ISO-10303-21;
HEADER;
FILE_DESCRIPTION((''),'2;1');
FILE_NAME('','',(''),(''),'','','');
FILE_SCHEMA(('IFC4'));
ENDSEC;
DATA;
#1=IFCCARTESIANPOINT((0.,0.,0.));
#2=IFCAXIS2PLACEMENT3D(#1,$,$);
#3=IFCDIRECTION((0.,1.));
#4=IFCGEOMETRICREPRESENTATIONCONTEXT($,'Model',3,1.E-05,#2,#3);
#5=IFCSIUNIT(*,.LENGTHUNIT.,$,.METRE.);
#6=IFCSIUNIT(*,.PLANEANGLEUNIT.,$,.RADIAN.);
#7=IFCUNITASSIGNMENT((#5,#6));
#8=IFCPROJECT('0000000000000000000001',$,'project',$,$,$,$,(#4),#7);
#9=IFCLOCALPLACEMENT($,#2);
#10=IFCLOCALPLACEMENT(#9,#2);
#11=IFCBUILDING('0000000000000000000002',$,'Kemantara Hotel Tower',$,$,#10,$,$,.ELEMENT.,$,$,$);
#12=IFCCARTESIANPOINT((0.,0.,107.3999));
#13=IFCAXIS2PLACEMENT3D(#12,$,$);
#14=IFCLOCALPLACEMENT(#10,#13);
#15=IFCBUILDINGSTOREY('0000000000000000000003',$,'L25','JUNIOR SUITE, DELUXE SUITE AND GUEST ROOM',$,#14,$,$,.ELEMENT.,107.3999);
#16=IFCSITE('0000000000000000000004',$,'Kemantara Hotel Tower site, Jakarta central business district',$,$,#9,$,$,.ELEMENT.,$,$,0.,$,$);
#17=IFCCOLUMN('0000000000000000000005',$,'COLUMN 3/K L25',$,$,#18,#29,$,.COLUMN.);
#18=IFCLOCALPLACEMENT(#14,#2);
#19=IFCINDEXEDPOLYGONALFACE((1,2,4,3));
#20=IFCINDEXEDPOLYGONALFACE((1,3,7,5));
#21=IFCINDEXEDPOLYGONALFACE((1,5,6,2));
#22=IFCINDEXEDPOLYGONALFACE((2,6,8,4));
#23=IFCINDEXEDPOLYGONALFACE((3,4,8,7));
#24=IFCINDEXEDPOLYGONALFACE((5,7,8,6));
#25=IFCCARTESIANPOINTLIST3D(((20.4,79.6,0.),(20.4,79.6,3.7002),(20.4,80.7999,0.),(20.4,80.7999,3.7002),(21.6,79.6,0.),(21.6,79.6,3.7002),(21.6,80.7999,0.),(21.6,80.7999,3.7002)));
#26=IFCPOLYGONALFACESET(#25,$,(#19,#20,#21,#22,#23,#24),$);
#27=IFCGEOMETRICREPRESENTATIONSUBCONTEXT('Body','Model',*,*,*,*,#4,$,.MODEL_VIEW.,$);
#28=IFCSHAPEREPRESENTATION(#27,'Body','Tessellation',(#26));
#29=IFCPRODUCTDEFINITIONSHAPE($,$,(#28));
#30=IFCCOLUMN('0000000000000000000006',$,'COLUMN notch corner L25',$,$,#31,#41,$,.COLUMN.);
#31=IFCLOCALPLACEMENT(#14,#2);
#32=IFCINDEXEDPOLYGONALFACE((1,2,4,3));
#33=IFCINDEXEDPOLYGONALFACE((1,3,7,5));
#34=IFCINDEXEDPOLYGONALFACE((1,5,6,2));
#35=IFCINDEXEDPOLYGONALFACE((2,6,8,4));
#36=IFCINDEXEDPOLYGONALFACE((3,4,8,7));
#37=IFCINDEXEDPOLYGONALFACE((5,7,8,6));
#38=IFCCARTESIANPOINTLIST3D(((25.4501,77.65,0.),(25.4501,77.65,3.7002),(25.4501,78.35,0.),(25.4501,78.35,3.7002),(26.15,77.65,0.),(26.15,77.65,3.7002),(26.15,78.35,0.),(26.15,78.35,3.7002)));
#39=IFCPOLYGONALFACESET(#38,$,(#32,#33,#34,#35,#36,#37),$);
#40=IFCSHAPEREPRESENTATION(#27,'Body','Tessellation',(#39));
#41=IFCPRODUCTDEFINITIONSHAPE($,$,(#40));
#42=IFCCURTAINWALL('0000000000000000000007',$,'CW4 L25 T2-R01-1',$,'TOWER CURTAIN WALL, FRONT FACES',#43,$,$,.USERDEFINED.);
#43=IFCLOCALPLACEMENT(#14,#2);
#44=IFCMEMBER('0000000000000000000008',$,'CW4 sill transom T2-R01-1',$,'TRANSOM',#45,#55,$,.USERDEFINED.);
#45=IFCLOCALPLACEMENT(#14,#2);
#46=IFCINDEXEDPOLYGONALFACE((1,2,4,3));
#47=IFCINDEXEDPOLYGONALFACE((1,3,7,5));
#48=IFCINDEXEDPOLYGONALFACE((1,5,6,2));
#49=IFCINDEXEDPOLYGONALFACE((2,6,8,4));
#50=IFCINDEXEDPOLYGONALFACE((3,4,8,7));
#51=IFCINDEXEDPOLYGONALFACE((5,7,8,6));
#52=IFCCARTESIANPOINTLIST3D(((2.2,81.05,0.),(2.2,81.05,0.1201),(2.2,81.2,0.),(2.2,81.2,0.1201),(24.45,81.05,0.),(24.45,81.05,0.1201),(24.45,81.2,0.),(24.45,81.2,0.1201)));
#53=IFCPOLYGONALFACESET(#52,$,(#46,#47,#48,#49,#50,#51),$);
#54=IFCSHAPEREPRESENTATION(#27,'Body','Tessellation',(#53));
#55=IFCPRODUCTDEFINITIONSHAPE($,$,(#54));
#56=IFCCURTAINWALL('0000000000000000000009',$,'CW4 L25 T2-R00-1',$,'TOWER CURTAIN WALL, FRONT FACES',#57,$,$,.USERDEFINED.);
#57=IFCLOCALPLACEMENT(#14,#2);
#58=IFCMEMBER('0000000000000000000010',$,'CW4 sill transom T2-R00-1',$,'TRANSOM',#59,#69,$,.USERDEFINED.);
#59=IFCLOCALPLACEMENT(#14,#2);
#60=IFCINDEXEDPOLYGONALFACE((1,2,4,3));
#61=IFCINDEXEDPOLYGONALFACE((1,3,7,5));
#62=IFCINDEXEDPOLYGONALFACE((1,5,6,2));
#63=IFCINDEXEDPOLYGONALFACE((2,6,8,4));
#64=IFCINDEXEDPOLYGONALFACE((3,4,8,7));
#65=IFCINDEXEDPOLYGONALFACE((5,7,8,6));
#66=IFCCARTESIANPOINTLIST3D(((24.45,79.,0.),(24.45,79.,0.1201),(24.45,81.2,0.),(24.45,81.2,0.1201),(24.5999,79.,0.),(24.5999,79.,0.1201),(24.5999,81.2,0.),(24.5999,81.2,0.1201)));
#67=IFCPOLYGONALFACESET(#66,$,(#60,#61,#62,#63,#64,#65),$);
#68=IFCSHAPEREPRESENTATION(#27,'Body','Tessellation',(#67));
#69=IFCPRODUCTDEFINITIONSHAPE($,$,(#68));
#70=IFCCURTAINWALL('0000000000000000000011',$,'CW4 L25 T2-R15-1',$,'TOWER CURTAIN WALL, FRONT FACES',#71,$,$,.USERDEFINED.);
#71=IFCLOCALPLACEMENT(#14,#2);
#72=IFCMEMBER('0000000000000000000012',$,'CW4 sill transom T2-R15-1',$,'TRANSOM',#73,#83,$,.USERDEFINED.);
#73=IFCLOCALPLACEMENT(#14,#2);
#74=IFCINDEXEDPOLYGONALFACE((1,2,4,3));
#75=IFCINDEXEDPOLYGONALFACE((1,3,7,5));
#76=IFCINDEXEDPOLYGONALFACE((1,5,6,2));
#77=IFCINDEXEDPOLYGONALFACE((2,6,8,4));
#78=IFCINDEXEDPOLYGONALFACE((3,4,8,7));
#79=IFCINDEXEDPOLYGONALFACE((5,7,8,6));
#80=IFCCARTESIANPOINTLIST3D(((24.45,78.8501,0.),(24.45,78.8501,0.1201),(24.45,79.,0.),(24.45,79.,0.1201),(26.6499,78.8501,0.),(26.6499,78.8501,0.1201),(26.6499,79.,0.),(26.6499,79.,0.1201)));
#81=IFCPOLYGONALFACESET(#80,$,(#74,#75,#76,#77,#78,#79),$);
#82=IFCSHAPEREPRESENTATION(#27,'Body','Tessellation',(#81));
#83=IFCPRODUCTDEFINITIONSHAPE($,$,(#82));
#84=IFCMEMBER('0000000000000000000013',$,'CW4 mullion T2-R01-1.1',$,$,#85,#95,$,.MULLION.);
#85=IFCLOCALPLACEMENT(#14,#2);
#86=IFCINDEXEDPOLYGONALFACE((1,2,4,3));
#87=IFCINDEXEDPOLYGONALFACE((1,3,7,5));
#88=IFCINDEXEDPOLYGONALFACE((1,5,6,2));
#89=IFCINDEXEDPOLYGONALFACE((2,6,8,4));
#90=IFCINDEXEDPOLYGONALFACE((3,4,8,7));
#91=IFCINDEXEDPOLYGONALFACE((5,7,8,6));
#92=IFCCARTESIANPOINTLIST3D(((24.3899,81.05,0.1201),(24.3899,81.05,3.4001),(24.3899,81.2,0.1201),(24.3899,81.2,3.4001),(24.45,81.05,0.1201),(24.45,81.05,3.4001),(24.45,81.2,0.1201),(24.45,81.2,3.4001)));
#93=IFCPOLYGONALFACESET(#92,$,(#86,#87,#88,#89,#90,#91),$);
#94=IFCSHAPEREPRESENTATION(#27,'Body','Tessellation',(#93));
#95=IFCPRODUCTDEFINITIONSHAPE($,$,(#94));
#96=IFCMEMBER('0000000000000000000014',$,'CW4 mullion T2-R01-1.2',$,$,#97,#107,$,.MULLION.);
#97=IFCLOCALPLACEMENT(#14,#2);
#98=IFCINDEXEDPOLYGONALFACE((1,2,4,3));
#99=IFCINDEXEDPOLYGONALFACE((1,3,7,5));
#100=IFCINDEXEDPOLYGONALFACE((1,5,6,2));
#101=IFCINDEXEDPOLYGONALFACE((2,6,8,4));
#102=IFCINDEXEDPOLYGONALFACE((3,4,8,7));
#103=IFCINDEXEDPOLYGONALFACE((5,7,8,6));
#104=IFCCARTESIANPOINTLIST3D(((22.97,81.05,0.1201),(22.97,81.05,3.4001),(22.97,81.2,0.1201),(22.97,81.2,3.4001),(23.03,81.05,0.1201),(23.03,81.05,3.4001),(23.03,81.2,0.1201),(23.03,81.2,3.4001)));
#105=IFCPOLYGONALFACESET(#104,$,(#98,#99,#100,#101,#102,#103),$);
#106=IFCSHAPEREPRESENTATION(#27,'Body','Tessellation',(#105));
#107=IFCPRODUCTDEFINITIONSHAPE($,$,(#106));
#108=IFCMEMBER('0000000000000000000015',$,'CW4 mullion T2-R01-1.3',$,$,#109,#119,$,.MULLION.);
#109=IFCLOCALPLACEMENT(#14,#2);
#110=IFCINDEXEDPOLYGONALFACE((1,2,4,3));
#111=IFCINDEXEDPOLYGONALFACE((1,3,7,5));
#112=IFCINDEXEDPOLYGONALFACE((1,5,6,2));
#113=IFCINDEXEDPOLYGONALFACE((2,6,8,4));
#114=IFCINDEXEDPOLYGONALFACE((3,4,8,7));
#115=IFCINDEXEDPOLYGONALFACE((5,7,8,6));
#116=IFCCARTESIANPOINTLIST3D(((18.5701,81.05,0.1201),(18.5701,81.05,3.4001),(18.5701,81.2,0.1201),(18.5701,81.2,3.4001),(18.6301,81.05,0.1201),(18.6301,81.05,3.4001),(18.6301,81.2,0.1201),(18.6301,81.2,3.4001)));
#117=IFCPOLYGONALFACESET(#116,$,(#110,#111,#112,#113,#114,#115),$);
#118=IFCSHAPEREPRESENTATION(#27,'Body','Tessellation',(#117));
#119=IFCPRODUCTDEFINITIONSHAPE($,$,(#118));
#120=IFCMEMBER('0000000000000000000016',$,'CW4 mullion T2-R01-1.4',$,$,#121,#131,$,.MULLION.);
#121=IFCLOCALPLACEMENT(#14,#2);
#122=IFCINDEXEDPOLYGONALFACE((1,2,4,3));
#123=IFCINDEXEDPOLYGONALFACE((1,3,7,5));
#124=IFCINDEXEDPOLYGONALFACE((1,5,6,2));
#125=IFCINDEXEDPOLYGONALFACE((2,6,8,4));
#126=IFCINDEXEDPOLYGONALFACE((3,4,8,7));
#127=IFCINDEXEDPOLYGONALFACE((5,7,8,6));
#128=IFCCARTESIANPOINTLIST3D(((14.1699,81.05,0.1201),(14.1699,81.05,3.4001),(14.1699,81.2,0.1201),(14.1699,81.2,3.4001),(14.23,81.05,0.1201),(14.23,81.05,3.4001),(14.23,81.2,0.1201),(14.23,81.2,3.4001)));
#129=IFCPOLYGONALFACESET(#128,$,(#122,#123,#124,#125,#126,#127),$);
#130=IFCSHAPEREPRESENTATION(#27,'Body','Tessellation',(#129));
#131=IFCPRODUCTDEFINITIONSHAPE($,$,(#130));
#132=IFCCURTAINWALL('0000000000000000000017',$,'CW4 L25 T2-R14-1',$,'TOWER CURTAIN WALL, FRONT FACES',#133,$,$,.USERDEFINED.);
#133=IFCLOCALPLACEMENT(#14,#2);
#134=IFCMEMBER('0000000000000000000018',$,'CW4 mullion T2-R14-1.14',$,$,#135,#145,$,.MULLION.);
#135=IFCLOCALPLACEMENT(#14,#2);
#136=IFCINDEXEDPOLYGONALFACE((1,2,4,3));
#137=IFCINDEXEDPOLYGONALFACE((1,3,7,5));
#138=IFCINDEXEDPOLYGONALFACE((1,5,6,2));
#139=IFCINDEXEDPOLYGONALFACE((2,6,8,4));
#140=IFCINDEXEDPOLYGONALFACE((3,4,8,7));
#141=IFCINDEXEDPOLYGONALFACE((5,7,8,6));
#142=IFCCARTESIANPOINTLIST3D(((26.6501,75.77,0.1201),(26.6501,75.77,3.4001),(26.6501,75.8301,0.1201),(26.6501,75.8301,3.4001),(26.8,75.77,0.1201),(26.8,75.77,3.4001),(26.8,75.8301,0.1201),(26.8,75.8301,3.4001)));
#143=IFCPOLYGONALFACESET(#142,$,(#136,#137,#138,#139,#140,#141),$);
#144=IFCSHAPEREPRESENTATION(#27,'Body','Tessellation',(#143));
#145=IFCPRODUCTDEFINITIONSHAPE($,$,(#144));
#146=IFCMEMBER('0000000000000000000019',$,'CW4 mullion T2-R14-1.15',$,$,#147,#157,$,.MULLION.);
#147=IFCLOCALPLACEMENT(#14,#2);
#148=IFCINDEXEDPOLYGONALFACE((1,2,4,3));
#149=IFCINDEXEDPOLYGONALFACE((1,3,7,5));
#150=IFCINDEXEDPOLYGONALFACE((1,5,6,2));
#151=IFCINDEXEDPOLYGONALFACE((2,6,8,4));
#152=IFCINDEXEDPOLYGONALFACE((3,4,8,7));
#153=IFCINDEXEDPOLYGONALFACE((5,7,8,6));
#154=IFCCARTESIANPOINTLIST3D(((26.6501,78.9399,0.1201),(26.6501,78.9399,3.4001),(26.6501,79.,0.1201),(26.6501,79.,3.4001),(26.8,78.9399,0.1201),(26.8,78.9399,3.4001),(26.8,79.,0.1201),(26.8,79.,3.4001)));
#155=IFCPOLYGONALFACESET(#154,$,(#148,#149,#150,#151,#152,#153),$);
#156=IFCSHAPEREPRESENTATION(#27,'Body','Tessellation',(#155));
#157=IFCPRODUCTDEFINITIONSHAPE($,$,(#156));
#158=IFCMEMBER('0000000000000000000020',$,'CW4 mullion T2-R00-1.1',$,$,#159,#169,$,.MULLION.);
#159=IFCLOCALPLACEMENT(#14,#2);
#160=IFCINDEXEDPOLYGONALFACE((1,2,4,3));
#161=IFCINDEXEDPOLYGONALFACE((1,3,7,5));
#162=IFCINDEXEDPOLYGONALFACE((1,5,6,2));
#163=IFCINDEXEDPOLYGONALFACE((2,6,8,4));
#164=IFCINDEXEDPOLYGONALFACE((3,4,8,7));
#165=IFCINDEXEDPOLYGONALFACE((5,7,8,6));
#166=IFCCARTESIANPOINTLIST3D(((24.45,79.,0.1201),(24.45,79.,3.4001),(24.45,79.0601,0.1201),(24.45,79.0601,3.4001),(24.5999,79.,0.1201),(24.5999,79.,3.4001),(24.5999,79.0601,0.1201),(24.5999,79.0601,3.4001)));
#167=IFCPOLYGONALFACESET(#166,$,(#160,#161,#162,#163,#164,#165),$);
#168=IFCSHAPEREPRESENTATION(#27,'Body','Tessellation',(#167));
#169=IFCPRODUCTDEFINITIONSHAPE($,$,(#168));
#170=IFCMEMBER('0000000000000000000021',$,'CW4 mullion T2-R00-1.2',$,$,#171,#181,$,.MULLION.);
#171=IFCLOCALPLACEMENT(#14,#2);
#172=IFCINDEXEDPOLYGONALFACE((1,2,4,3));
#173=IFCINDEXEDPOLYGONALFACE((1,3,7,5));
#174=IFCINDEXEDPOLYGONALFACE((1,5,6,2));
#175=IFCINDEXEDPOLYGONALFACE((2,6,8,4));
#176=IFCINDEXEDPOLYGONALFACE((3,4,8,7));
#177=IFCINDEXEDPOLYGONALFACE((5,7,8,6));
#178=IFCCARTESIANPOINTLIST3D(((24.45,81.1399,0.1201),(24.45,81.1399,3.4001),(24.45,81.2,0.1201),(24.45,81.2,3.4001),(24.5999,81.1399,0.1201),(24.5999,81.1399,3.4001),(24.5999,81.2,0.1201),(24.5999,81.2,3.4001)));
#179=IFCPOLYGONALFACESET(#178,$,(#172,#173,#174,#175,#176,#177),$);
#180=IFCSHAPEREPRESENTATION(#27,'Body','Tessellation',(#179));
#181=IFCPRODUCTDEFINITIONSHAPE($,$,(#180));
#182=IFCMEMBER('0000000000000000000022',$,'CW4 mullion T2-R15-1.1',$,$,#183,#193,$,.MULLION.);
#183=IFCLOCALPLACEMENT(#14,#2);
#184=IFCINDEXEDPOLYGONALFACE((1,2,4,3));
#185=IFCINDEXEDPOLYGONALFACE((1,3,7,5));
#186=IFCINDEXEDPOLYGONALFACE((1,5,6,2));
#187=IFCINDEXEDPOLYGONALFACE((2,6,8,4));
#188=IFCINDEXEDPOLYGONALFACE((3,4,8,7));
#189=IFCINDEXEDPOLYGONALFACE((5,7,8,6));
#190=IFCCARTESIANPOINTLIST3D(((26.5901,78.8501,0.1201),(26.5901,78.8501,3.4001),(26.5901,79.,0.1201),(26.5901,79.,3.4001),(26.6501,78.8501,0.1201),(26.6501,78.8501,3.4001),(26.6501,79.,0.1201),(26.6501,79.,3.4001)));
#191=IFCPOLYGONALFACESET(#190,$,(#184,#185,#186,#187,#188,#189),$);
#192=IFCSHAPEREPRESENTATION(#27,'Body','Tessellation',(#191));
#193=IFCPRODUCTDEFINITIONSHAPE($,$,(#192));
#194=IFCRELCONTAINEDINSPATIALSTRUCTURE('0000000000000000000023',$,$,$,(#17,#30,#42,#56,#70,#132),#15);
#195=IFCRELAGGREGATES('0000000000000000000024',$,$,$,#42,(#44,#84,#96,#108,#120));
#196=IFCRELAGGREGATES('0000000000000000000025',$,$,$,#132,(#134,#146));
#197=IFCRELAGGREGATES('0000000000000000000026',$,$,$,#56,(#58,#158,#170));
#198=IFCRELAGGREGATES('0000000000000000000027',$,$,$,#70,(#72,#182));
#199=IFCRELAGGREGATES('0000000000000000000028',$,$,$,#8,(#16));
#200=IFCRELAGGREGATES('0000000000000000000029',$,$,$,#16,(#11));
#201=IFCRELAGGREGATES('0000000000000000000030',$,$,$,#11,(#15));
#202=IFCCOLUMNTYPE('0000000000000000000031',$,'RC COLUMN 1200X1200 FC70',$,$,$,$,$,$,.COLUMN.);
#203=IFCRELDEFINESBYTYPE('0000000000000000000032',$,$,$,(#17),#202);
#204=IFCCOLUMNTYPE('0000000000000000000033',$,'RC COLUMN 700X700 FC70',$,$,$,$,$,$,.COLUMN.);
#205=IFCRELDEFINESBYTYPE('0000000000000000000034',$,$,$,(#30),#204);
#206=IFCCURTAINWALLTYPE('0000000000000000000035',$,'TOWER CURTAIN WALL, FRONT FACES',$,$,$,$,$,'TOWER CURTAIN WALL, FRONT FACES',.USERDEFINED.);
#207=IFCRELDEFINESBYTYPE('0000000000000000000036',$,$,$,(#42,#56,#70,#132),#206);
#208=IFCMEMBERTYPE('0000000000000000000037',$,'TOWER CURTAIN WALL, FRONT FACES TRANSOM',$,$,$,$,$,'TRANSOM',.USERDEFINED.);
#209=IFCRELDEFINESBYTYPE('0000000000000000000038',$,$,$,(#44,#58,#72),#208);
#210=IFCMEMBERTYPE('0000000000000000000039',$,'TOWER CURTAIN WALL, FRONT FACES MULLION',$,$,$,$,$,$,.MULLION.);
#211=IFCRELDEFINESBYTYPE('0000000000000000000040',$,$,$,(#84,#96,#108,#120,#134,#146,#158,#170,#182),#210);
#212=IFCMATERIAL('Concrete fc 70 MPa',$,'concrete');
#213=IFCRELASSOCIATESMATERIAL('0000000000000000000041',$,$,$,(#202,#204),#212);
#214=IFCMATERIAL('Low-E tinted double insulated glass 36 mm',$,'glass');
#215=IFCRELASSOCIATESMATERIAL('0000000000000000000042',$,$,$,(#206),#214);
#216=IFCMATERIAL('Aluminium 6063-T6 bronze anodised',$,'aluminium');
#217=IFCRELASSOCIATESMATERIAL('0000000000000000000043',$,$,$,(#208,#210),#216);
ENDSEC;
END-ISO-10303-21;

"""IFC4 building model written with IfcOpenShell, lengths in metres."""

from ifc_helpers import new_model, si_unit, direction, frame, origin, origin_2d, place, context, subcontext, project, spatial, rectangle, extrude, source, transform, mapped, material, material_profile, profile_set, type_object, element, aggregate, save


model = new_model("IFC4")

# Units and contexts
model_context = context("Model", 3, precision=1e-05, world=origin(), true_north=direction((0.0, 1.0)))
body_context = subcontext(model_context, "Body", "Model", "MODEL_VIEW")
ifc_project = project(units=[si_unit("LENGTHUNIT", "METRE"), si_unit("PLANEANGLEUNIT", "RADIAN")], contexts=[model_context])

# Site, building, storey
site_placement = place(None, origin())
site = spatial("IfcSite", under=ifc_project, at=site_placement, Name="Kemantara Hotel Tower site, Jakarta central business district", CompositionType="ELEMENT", RefElevation=0.0)
building_placement = place(site_placement, origin())
building = spatial("IfcBuilding", under=site, at=building_placement, Name="Kemantara Hotel Tower", CompositionType="ELEMENT")
storey_placement = place(building_placement, frame((0.0, 0.0, 107.3999)))
storey = spatial("IfcBuildingStorey", under=building, at=storey_placement, Name="L25", Description="JUNIOR SUITE, DELUXE SUITE AND GUEST ROOM", CompositionType="ELEMENT", Elevation=107.3999)

# Columns
ifc_material_1 = material(Name="Concrete fc 70 MPa", Category="concrete")
ifc_material_profile_1 = material_profile(ifc_material_1, rectangle(XDim=1.2, YDim=1.2, at=origin_2d()), Name="RC 1200X1200")
ifc_profile_set_1 = profile_set([ifc_material_profile_1], Name="Concrete fc 70 MPa")
column_type_1 = type_object("IfcColumnType", Name="RC COLUMN 1200X1200 FC70", PredefinedType="COLUMN", material=ifc_profile_set_1)
column_1_placement = place(storey_placement, frame((21.0, 80.2, 0.0), z_axis=(0.0, 0.0, 1.0), x_axis=(1.0, 0.0, 0.0)))
element("IfcColumn", 1, at=column_1_placement, inside=storey, type_object=column_type_1, Name="COLUMN 3/K L25", PredefinedType="COLUMN", context=body_context, shape_type="SweptSolid", body=[
    extrude(rectangle(XDim=1.2, YDim=1.2, at=origin_2d()), origin(), (0.0, 0.0, 1.0), 3.7002),
])
ifc_material_profile_2 = material_profile(ifc_material_1, rectangle(XDim=0.7, YDim=0.7, at=origin_2d()), Name="RC 700X700")
ifc_profile_set_2 = profile_set([ifc_material_profile_2], Name="Concrete fc 70 MPa")
column_type_2 = type_object("IfcColumnType", Name="RC COLUMN 700X700 FC70", PredefinedType="COLUMN", material=ifc_profile_set_2)
column_2_placement = place(storey_placement, frame((25.8, 78.0, 0.0), z_axis=(0.0, 0.0, 1.0), x_axis=(1.0, 0.0, 0.0)))
element("IfcColumn", 2, at=column_2_placement, inside=storey, type_object=column_type_2, Name="COLUMN notch corner L25", PredefinedType="COLUMN", context=body_context, shape_type="SweptSolid", body=[
    extrude(rectangle(XDim=0.7, YDim=0.7, at=origin_2d()), origin(), (0.0, 0.0, 1.0), 3.7002),
])

# Curtain walls, members
ifc_material_2 = material(Name="Low-E tinted double insulated glass 36 mm", Category="glass")
curtain_wall_type = type_object("IfcCurtainWallType", Name="TOWER CURTAIN WALL, FRONT FACES", ElementType="TOWER CURTAIN WALL, FRONT FACES", PredefinedType="USERDEFINED", material=ifc_material_2)
curtain_wall_1_placement = place(storey_placement, origin())
curtain_wall_1 = element("IfcCurtainWall", 3, at=curtain_wall_1_placement, inside=storey, type_object=curtain_wall_type, Name="CW4 L25 T2-R01-1", ObjectType="TOWER CURTAIN WALL, FRONT FACES", PredefinedType="USERDEFINED")
ifc_material_3 = material(Name="Aluminium 6063-T6 bronze anodised", Category="aluminium")
ifc_material_profile_3 = material_profile(ifc_material_3, rectangle(XDim=0.1499, YDim=0.1201, at=origin_2d()), Name="TOWER CURTAIN WALL, FRONT FACES TRANSOM")
ifc_profile_set_3 = profile_set([ifc_material_profile_3], Name="Aluminium 6063-T6 bronze anodised")
member_type_1 = type_object("IfcMemberType", Name="TOWER CURTAIN WALL, FRONT FACES TRANSOM", ElementType="TRANSOM", PredefinedType="USERDEFINED", material=ifc_profile_set_3)
member_1_placement = place(storey_placement, frame((24.45, 81.125, 0.0601), z_axis=(-1.0, 0.0, 0.0), x_axis=(0.0, -1.0, 0.0)))
member_1 = element("IfcMember", 4, at=member_1_placement, type_object=member_type_1, Name="CW4 sill transom T2-R01-1", ObjectType="TRANSOM", PredefinedType="USERDEFINED", context=body_context, shape_type="SweptSolid", body=[
    extrude(rectangle(XDim=0.1499, YDim=0.1201, at=origin_2d()), origin(), (0.0, 0.0, 1.0), 22.25),
])
curtain_wall_2_placement = place(storey_placement, origin())
curtain_wall_2 = element("IfcCurtainWall", 5, at=curtain_wall_2_placement, inside=storey, type_object=curtain_wall_type, Name="CW4 L25 T2-R00-1", ObjectType="TOWER CURTAIN WALL, FRONT FACES", PredefinedType="USERDEFINED")
member_2_placement = place(storey_placement, frame((24.5249, 79.0, 0.0601), z_axis=(0.0, 1.0, 0.0), x_axis=(-1.0, 0.0, 0.0)))
member_2 = element("IfcMember", 6, at=member_2_placement, type_object=member_type_1, Name="CW4 sill transom T2-R00-1", ObjectType="TRANSOM", PredefinedType="USERDEFINED", context=body_context, shape_type="SweptSolid", body=[
    extrude(rectangle(XDim=0.1499, YDim=0.1201, at=origin_2d()), origin(), (0.0, 0.0, 1.0), 2.2),
])
curtain_wall_3_placement = place(storey_placement, origin())
curtain_wall_3 = element("IfcCurtainWall", 7, at=curtain_wall_3_placement, inside=storey, type_object=curtain_wall_type, Name="CW4 L25 T2-R15-1", ObjectType="TOWER CURTAIN WALL, FRONT FACES", PredefinedType="USERDEFINED")
member_3_placement = place(storey_placement, frame((26.6499, 78.925, 0.0601), z_axis=(-1.0, 0.0, 0.0), x_axis=(0.0, -1.0, 0.0)))
member_3 = element("IfcMember", 8, at=member_3_placement, type_object=member_type_1, Name="CW4 sill transom T2-R15-1", ObjectType="TRANSOM", PredefinedType="USERDEFINED", context=body_context, shape_type="SweptSolid", body=[
    extrude(rectangle(XDim=0.1499, YDim=0.1201, at=origin_2d()), origin(), (0.0, 0.0, 1.0), 2.2),
])

# Members
ifc_material_profile_4 = material_profile(ifc_material_3, rectangle(XDim=0.1499, YDim=0.0601, at=origin_2d()), Name="TOWER CURTAIN WALL, FRONT FACES MULLION")
ifc_profile_set_4 = profile_set([ifc_material_profile_4], Name="Aluminium 6063-T6 bronze anodised")
member_type_2 = type_object("IfcMemberType", Name="TOWER CURTAIN WALL, FRONT FACES MULLION", PredefinedType="MULLION", material=ifc_profile_set_4)
shared_shape_1 = source(origin(), body_context, "Body", "SweptSolid", [
    extrude(rectangle(XDim=0.1499, YDim=0.0601, at=origin_2d()), origin(), (0.0, 0.0, 1.0), 3.28),
])
member_4_placement = place(storey_placement, frame((24.4199, 81.125, 0.1201), z_axis=(0.0, 0.0, 1.0), x_axis=(0.0, -1.0, 0.0)))
member_4 = element("IfcMember", 9, at=member_4_placement, type_object=member_type_2, Name="CW4 mullion T2-R01-1.1", PredefinedType="MULLION", context=body_context, shape_type="MappedRepresentation", body=[
    mapped(shared_shape_1, transform((0.0, 0.0, 0.0))),
])
member_5_placement = place(storey_placement, frame((23.0, 81.125, 0.1201), z_axis=(0.0, 0.0, 1.0), x_axis=(0.0, -1.0, 0.0)))
member_5 = element("IfcMember", 10, at=member_5_placement, type_object=member_type_2, Name="CW4 mullion T2-R01-1.2", PredefinedType="MULLION", context=body_context, shape_type="MappedRepresentation", body=[
    mapped(shared_shape_1, transform((0.0, 0.0, 0.0))),
])
member_6_placement = place(storey_placement, frame((18.6001, 81.125, 0.1201), z_axis=(0.0, 0.0, 1.0), x_axis=(0.0, -1.0, 0.0)))
member_6 = element("IfcMember", 11, at=member_6_placement, type_object=member_type_2, Name="CW4 mullion T2-R01-1.3", PredefinedType="MULLION", context=body_context, shape_type="MappedRepresentation", body=[
    mapped(shared_shape_1, transform((0.0, 0.0, 0.0))),
])
member_7_placement = place(storey_placement, frame((14.2, 81.125, 0.1201), z_axis=(0.0, 0.0, 1.0), x_axis=(0.0, -1.0, 0.0)))
member_7 = element("IfcMember", 12, at=member_7_placement, type_object=member_type_2, Name="CW4 mullion T2-R01-1.4", PredefinedType="MULLION", context=body_context, shape_type="MappedRepresentation", body=[
    mapped(shared_shape_1, transform((0.0, 0.0, 0.0))),
])

# Curtain wall, members
curtain_wall_4_placement = place(storey_placement, origin())
curtain_wall_4 = element("IfcCurtainWall", 13, at=curtain_wall_4_placement, inside=storey, type_object=curtain_wall_type, Name="CW4 L25 T2-R14-1", ObjectType="TOWER CURTAIN WALL, FRONT FACES", PredefinedType="USERDEFINED")
member_8_placement = place(storey_placement, frame((26.7251, 75.8, 0.1201), z_axis=(0.0, 0.0, 1.0), x_axis=(-1.0, 0.0, 0.0)))
member_8 = element("IfcMember", 14, at=member_8_placement, type_object=member_type_2, Name="CW4 mullion T2-R14-1.14", PredefinedType="MULLION", context=body_context, shape_type="MappedRepresentation", body=[
    mapped(shared_shape_1, transform((0.0, 0.0, 0.0))),
])
member_9_placement = place(storey_placement, frame((26.7251, 78.97, 0.1201), z_axis=(0.0, 0.0, 1.0), x_axis=(-1.0, 0.0, 0.0)))
member_9 = element("IfcMember", 15, at=member_9_placement, type_object=member_type_2, Name="CW4 mullion T2-R14-1.15", PredefinedType="MULLION", context=body_context, shape_type="MappedRepresentation", body=[
    mapped(shared_shape_1, transform((0.0, 0.0, 0.0))),
])

# Members
member_10_placement = place(storey_placement, frame((24.5249, 79.03, 0.1201), z_axis=(0.0, 0.0, 1.0), x_axis=(-1.0, 0.0, 0.0)))
member_10 = element("IfcMember", 16, at=member_10_placement, type_object=member_type_2, Name="CW4 mullion T2-R00-1.1", PredefinedType="MULLION", context=body_context, shape_type="MappedRepresentation", body=[
    mapped(shared_shape_1, transform((0.0, 0.0, 0.0))),
])
member_11_placement = place(storey_placement, frame((24.5249, 81.1699, 0.1201), z_axis=(0.0, 0.0, 1.0), x_axis=(-1.0, 0.0, 0.0)))
member_11 = element("IfcMember", 17, at=member_11_placement, type_object=member_type_2, Name="CW4 mullion T2-R00-1.2", PredefinedType="MULLION", context=body_context, shape_type="MappedRepresentation", body=[
    mapped(shared_shape_1, transform((0.0, 0.0, 0.0))),
])
member_12_placement = place(storey_placement, frame((26.6201, 78.925, 0.1201), z_axis=(0.0, 0.0, 1.0), x_axis=(0.0, -1.0, 0.0)))
member_12 = element("IfcMember", 18, at=member_12_placement, type_object=member_type_2, Name="CW4 mullion T2-R15-1.1", PredefinedType="MULLION", context=body_context, shape_type="MappedRepresentation", body=[
    mapped(shared_shape_1, transform((0.0, 0.0, 0.0))),
])

aggregate(curtain_wall_1, [member_1, member_4, member_5, member_6, member_7])
aggregate(curtain_wall_4, [member_8, member_9])
aggregate(curtain_wall_2, [member_2, member_10, member_11])
aggregate(curtain_wall_3, [member_3, member_12])

save(model, "model.ifc")
